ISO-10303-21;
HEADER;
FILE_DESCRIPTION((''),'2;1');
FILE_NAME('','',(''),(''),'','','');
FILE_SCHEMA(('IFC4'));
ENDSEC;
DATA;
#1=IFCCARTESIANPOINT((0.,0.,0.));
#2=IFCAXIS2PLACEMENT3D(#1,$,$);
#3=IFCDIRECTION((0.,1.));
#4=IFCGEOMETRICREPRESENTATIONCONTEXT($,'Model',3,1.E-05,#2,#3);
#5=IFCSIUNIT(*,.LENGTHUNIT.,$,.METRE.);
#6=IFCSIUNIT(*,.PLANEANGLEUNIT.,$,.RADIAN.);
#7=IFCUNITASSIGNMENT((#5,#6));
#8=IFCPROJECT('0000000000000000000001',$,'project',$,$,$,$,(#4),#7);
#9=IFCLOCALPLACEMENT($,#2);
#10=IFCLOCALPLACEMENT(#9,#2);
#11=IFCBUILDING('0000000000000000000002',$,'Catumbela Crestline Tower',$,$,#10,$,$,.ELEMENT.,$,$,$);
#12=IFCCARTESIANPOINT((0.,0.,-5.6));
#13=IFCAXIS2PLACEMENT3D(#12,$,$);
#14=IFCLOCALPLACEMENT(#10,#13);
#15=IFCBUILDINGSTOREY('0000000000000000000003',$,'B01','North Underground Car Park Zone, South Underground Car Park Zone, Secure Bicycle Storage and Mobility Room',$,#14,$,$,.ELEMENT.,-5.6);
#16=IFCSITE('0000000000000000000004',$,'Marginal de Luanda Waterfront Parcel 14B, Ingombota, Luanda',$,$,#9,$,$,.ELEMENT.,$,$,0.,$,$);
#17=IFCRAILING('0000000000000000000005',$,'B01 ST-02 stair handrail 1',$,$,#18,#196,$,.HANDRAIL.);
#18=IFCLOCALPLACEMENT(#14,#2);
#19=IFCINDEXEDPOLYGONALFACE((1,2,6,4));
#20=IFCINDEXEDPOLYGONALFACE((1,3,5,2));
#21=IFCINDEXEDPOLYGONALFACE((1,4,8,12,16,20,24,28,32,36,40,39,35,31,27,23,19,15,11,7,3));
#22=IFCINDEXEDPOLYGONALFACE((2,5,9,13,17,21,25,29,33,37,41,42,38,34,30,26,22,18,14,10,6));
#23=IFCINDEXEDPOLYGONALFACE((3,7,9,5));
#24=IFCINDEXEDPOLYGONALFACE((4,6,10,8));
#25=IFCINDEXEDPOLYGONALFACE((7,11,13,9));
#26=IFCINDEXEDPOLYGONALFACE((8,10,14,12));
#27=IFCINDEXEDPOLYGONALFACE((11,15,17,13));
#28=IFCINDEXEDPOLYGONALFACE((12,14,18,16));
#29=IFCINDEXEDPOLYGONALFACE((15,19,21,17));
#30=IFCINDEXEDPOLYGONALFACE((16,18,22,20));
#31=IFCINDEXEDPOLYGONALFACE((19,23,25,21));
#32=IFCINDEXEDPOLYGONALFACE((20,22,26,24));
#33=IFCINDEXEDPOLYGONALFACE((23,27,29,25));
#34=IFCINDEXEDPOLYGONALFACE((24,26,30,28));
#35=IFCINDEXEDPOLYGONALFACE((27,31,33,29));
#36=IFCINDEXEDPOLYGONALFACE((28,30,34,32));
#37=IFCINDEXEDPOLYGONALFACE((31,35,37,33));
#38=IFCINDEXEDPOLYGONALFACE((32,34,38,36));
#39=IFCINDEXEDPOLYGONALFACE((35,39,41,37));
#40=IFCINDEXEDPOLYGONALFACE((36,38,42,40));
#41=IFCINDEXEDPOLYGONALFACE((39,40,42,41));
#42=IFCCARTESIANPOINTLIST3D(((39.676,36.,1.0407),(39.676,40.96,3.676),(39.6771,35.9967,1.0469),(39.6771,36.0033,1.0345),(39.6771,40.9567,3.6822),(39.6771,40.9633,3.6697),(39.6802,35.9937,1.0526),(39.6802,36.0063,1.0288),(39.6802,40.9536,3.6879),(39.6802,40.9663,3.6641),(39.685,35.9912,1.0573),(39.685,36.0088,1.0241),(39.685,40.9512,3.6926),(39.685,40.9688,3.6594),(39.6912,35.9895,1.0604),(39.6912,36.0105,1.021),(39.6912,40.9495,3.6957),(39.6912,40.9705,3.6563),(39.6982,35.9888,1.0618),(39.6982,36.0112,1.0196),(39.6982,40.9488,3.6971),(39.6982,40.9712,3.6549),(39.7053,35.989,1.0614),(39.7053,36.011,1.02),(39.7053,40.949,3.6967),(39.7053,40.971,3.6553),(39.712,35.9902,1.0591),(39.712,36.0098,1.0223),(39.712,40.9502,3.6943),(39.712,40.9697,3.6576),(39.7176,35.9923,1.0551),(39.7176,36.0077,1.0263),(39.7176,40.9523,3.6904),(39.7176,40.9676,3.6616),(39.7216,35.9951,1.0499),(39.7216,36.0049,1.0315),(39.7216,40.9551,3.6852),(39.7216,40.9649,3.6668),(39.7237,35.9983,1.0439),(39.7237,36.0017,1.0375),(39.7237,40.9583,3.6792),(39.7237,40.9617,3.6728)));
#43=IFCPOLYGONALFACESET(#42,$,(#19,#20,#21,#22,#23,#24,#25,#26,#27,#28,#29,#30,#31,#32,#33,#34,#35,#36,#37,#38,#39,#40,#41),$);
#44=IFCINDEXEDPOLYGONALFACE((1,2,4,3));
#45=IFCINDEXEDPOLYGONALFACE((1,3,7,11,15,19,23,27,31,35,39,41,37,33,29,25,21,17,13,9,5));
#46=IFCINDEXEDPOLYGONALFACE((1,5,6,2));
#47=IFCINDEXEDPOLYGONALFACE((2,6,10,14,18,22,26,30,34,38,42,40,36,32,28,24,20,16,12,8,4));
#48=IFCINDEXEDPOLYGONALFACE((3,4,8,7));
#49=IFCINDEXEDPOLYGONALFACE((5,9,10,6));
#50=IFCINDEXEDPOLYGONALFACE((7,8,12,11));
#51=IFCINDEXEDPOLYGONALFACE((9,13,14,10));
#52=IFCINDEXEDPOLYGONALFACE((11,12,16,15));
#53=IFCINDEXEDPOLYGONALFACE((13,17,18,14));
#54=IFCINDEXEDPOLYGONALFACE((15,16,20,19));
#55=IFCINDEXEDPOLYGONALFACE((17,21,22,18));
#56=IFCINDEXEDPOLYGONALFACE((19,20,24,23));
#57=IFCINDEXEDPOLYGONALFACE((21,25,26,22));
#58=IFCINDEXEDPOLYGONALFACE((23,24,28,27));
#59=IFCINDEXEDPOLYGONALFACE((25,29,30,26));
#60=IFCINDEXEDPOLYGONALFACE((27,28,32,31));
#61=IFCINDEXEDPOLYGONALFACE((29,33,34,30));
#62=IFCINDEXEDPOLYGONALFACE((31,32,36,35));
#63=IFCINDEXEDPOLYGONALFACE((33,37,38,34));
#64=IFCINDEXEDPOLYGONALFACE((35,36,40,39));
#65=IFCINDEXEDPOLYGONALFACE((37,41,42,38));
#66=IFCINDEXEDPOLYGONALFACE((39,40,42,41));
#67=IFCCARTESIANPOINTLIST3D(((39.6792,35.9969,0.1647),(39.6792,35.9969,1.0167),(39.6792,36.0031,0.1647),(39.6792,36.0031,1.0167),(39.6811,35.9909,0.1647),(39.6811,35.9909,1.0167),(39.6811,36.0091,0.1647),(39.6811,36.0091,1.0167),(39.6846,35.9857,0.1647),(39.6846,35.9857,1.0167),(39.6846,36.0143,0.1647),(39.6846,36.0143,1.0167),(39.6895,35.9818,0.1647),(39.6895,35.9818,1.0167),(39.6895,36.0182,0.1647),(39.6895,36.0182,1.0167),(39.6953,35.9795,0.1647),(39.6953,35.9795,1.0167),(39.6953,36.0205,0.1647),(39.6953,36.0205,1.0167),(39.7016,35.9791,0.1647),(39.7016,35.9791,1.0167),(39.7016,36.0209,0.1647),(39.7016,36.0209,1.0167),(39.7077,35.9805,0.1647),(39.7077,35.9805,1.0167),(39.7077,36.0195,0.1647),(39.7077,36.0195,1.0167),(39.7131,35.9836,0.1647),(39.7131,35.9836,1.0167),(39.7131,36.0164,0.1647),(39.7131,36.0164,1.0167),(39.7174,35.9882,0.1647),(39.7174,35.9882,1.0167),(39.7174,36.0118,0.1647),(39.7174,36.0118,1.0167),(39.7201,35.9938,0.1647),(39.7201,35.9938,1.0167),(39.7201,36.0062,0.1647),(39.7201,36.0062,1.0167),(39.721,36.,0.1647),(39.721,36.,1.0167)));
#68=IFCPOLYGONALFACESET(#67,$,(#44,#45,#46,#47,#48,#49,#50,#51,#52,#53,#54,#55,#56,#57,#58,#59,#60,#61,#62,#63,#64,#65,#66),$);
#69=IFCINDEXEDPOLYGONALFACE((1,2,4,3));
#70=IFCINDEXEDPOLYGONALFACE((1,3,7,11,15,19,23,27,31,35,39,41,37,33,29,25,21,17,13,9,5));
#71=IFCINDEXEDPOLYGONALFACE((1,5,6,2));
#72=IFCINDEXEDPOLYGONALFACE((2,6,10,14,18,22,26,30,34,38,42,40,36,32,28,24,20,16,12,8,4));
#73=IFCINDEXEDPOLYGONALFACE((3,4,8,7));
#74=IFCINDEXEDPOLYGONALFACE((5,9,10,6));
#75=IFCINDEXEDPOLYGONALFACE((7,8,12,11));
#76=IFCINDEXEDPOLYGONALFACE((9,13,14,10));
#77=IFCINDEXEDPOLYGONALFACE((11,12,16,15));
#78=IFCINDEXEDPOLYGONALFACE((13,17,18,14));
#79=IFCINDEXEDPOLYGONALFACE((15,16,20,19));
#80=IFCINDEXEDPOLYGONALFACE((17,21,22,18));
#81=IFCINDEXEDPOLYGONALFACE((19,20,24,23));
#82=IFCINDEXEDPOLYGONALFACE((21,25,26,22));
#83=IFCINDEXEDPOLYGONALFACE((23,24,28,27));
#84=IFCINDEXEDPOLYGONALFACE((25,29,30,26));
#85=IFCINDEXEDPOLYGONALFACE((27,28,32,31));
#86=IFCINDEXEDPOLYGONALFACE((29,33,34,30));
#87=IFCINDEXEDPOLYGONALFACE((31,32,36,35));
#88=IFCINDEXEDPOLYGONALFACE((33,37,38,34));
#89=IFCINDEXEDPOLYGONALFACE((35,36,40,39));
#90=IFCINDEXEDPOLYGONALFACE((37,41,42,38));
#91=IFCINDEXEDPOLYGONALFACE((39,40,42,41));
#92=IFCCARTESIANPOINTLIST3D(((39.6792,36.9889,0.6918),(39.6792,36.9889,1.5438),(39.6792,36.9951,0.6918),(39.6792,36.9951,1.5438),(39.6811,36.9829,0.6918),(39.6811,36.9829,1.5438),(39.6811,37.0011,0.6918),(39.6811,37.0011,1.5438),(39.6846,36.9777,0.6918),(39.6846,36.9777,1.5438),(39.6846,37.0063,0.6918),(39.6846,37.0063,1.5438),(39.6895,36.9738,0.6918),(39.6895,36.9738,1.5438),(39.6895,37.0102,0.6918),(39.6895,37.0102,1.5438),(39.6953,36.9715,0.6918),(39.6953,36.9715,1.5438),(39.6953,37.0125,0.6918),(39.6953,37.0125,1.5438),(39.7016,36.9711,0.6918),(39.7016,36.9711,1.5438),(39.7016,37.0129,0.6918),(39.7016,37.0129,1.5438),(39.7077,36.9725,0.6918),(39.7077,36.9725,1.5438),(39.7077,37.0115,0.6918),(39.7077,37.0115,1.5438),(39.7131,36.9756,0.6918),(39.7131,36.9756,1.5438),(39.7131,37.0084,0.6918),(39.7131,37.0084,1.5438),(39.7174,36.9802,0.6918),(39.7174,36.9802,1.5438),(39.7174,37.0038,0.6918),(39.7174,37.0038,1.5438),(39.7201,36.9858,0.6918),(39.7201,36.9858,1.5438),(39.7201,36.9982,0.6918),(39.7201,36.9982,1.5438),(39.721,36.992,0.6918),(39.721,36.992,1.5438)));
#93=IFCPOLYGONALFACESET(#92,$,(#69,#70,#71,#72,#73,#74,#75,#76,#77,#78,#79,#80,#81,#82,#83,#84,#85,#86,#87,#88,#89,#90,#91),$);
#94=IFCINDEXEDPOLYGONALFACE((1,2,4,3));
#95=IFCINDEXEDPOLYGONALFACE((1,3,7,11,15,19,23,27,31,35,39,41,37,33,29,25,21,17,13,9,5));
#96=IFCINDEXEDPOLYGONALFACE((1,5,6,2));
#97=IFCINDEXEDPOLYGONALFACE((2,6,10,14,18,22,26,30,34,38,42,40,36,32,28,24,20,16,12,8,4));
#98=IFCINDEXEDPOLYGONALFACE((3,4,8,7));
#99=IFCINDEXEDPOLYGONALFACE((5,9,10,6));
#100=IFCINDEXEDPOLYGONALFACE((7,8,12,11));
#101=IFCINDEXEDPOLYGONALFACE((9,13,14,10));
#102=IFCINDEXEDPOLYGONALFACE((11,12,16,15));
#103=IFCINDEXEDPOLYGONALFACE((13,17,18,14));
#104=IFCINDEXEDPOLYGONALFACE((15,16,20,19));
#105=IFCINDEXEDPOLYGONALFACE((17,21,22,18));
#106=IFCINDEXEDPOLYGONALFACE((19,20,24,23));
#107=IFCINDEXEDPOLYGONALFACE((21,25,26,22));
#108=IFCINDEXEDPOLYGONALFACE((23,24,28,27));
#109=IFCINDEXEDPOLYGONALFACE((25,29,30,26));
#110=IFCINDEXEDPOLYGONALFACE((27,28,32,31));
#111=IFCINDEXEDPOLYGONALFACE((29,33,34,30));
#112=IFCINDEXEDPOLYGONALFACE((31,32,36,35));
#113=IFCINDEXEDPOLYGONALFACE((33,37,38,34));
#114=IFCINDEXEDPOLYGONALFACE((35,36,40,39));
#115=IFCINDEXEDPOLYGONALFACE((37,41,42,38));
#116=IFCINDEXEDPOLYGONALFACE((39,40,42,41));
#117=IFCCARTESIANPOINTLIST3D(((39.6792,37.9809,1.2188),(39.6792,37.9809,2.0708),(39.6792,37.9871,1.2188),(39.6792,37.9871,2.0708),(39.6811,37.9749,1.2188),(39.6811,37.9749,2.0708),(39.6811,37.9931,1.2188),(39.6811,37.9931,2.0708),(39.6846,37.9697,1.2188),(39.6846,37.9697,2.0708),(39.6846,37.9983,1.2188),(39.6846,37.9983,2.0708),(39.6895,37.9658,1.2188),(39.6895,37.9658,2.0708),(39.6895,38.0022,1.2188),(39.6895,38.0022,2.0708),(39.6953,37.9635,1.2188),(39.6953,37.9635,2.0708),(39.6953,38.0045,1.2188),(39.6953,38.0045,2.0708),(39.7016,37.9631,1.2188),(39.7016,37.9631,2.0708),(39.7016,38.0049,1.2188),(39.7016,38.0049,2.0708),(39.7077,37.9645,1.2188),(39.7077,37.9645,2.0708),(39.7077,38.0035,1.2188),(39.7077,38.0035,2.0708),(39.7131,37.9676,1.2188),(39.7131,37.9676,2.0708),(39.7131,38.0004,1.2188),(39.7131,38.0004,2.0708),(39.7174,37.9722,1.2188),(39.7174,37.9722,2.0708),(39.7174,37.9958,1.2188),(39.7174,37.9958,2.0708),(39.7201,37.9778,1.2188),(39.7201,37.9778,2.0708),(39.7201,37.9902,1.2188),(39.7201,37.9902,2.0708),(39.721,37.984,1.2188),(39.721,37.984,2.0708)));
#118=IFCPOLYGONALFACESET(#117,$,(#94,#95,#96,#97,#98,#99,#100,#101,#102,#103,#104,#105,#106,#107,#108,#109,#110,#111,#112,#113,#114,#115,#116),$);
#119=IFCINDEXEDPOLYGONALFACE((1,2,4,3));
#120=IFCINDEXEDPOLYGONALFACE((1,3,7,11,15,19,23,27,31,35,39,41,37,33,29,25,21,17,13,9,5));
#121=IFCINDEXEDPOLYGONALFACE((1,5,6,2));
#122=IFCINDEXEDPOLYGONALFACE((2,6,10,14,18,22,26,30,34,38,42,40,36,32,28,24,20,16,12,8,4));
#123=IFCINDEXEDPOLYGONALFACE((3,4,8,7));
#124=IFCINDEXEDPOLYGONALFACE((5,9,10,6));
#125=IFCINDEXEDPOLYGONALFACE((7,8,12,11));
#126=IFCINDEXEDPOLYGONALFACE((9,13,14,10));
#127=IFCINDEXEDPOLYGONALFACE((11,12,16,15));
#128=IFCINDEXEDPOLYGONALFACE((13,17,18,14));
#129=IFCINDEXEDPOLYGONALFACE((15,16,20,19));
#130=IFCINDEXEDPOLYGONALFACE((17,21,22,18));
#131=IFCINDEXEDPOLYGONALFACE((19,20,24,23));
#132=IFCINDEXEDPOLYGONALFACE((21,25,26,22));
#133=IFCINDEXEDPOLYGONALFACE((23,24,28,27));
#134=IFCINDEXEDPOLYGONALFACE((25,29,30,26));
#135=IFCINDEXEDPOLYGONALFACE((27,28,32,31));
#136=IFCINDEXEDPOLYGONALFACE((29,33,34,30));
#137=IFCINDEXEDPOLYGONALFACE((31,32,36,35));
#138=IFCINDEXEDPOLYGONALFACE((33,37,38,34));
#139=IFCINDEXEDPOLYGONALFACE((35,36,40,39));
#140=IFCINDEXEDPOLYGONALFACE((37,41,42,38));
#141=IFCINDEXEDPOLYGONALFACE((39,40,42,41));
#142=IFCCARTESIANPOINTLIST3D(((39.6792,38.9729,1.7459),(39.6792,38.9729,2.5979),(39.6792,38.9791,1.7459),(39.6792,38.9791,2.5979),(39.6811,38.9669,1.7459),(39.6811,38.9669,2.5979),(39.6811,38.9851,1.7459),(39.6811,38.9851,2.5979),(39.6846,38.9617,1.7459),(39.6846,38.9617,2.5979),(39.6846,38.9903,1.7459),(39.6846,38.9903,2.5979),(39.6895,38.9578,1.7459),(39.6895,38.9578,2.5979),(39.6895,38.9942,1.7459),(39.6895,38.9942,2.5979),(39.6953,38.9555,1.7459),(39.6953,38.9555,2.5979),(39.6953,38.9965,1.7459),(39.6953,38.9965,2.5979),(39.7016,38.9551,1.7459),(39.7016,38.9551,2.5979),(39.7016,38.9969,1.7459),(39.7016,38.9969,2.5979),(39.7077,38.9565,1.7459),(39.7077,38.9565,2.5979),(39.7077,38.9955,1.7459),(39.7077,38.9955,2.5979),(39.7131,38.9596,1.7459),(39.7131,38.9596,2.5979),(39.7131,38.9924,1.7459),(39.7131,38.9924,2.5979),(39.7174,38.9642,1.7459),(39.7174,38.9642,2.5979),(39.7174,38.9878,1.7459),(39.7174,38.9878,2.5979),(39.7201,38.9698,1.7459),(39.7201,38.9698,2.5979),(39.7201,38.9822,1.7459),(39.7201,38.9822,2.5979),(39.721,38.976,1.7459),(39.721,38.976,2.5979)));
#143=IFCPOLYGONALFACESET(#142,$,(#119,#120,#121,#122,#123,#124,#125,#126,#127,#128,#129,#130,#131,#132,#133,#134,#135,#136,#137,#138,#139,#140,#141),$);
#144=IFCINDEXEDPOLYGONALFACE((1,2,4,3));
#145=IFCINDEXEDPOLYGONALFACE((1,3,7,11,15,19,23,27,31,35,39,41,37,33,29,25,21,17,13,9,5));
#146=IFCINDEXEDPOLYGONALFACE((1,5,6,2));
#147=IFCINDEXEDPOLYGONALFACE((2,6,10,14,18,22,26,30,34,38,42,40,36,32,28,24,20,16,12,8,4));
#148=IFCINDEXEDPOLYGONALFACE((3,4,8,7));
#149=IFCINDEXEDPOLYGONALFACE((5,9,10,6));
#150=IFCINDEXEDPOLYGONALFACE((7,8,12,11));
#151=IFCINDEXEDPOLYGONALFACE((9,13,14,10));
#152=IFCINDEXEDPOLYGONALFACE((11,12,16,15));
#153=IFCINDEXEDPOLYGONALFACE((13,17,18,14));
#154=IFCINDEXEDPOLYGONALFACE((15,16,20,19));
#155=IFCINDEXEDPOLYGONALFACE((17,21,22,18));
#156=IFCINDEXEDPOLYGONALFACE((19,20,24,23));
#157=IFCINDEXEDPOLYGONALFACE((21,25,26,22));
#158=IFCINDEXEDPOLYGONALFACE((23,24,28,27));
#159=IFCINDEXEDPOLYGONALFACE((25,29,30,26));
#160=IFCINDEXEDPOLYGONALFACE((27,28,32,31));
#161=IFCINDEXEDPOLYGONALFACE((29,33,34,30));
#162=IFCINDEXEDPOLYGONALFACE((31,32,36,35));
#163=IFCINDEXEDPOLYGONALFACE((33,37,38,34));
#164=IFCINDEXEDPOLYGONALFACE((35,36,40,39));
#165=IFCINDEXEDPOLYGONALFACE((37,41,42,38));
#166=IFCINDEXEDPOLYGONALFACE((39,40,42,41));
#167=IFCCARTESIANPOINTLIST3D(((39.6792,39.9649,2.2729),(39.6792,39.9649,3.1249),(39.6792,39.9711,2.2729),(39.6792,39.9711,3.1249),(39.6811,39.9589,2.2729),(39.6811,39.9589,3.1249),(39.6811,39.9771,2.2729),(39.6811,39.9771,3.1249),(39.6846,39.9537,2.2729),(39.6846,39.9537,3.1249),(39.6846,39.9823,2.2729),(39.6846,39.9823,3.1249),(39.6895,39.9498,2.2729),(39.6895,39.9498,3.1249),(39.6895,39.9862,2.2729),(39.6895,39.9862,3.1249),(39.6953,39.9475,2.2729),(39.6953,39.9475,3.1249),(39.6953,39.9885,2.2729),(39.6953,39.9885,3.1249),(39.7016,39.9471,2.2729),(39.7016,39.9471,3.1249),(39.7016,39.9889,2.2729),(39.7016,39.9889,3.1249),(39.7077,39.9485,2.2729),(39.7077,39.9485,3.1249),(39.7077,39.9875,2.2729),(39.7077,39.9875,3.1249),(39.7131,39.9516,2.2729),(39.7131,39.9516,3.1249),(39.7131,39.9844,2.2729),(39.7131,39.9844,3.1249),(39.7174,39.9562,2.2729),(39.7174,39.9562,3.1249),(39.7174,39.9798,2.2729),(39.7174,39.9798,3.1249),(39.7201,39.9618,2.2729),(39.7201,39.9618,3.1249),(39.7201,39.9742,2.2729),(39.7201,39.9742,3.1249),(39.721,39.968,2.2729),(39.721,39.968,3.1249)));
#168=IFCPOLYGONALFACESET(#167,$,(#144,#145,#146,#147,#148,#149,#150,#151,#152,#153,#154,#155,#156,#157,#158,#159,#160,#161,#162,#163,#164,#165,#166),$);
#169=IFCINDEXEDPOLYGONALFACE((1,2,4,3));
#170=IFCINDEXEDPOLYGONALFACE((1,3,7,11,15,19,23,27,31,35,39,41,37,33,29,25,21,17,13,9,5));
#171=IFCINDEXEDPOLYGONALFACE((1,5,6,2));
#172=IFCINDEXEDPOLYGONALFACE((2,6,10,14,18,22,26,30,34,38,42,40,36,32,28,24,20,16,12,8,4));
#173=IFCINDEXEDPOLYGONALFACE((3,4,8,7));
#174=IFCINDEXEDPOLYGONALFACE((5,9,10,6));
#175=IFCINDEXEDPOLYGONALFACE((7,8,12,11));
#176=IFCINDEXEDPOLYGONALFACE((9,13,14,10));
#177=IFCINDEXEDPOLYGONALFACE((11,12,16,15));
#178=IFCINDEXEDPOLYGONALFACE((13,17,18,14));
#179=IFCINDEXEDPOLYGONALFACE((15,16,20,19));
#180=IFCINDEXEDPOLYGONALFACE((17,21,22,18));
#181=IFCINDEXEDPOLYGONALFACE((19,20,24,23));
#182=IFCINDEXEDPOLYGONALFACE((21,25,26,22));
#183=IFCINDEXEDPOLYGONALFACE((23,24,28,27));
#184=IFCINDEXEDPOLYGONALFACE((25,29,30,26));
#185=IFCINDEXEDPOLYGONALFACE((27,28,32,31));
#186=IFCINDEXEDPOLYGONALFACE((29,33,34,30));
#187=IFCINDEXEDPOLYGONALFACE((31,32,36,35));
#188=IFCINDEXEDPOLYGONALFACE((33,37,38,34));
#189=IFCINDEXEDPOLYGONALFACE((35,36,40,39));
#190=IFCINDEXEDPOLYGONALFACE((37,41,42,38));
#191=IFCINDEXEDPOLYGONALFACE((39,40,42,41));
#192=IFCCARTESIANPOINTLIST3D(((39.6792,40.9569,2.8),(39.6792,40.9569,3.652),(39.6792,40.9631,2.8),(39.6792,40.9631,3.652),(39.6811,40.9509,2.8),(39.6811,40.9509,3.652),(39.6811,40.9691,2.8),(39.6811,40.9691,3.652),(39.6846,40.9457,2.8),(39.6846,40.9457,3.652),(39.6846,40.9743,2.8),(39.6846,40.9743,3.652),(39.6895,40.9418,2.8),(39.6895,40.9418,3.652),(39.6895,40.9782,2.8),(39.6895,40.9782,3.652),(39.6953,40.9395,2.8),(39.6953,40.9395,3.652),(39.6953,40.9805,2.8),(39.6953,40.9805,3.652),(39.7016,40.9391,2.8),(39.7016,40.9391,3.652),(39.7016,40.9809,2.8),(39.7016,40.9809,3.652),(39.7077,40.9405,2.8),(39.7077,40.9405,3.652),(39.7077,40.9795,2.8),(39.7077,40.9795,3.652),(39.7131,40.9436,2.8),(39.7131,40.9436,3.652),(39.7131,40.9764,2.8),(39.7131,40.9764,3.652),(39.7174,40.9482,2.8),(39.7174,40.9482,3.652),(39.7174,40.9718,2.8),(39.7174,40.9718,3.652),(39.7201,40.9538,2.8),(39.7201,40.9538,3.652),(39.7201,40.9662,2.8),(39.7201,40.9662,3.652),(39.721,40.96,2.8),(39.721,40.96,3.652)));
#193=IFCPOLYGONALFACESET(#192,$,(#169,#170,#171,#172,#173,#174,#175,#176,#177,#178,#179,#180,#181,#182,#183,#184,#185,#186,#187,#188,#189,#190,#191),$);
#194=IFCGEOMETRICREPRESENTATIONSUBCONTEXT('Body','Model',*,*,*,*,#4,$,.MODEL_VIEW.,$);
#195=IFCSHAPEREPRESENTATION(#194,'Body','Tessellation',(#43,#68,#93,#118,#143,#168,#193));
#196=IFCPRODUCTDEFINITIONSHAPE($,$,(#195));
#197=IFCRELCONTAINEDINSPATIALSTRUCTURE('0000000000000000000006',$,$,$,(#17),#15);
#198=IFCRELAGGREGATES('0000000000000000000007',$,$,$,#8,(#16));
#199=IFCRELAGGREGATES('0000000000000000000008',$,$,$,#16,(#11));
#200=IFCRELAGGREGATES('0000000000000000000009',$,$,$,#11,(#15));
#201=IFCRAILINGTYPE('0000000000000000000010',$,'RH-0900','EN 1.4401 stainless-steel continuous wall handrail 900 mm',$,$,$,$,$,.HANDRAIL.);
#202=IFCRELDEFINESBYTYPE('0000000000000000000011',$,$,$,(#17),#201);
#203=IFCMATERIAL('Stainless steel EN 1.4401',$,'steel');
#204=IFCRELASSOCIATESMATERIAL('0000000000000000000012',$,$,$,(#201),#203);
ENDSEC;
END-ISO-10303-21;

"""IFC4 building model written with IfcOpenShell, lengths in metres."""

from ifc_helpers import new_model, si_unit, direction, frame, origin, origin_2d, place, context, subcontext, project, spatial, circle, extrude, material, type_object, element, save


model = new_model("IFC4")

# Units and contexts
model_context = context("Model", 3, precision=1e-05, world=origin(), true_north=direction((0.0, 1.0)))
body_context = subcontext(model_context, "Body", "Model", "MODEL_VIEW")
ifc_project = project(units=[si_unit("LENGTHUNIT", "METRE"), si_unit("PLANEANGLEUNIT", "RADIAN")], contexts=[model_context])

# Site, building, storey
site_placement = place(None, origin())
site = spatial("IfcSite", under=ifc_project, at=site_placement, Name="Marginal de Luanda Waterfront Parcel 14B, Ingombota, Luanda", CompositionType="ELEMENT", RefElevation=0.0)
building_placement = place(site_placement, origin())
building = spatial("IfcBuilding", under=site, at=building_placement, Name="Catumbela Crestline Tower", CompositionType="ELEMENT")
storey_placement = place(building_placement, frame((0.0, 0.0, -5.6)))
storey = spatial("IfcBuildingStorey", under=building, at=storey_placement, Name="B01", Description="North Underground Car Park Zone, South Underground Car Park Zone, Secure Bicycle Storage and Mobility Room", CompositionType="ELEMENT", Elevation=-5.6)

# Shared definitions
ifc_material_1 = material(Name="Stainless steel EN 1.4401", Category="steel")

# Railing
railing_type_1 = type_object("IfcRailingType", Name="RH-0900", Description="EN 1.4401 stainless-steel continuous wall handrail 900 mm", PredefinedType="HANDRAIL", material=ifc_material_1)
railing_1_placement = place(storey_placement, frame((39.7, 36.0, 0.1647)))
element("IfcRailing", 1, at=railing_1_placement, inside=storey, type_object=railing_type_1, Name="B01 ST-02 stair handrail 1", PredefinedType="HANDRAIL", context=body_context, shape_type="SweptSolid", body=[
    extrude(circle(Radius=0.024, at=origin_2d()), frame((0.0, 0.0, 0.876), z_axis=(0.0, 0.883094, 0.469197), x_axis=(-1.0, 0.0, 0.0)), (0.0, 0.0, 1.0), 5.6166),
    extrude(circle(Radius=0.021, at=origin_2d()), origin(), (0.0, 0.0, 1.0), 0.852),
    extrude(circle(Radius=0.021, at=origin_2d()), frame((0.0, 0.992, 0.5271)), (0.0, 0.0, 1.0), 0.852),
    extrude(circle(Radius=0.021, at=origin_2d()), frame((0.0, 1.984, 1.0541)), (0.0, 0.0, 1.0), 0.852),
    extrude(circle(Radius=0.021, at=origin_2d()), frame((0.0, 2.976, 1.5812)), (0.0, 0.0, 1.0), 0.852),
    extrude(circle(Radius=0.021, at=origin_2d()), frame((0.0, 3.968, 2.1082)), (0.0, 0.0, 1.0), 0.852),
    extrude(circle(Radius=0.021, at=origin_2d()), frame((0.0, 4.96, 2.6353)), (0.0, 0.0, 1.0), 0.852),
])

save(model, "model.ifc")
